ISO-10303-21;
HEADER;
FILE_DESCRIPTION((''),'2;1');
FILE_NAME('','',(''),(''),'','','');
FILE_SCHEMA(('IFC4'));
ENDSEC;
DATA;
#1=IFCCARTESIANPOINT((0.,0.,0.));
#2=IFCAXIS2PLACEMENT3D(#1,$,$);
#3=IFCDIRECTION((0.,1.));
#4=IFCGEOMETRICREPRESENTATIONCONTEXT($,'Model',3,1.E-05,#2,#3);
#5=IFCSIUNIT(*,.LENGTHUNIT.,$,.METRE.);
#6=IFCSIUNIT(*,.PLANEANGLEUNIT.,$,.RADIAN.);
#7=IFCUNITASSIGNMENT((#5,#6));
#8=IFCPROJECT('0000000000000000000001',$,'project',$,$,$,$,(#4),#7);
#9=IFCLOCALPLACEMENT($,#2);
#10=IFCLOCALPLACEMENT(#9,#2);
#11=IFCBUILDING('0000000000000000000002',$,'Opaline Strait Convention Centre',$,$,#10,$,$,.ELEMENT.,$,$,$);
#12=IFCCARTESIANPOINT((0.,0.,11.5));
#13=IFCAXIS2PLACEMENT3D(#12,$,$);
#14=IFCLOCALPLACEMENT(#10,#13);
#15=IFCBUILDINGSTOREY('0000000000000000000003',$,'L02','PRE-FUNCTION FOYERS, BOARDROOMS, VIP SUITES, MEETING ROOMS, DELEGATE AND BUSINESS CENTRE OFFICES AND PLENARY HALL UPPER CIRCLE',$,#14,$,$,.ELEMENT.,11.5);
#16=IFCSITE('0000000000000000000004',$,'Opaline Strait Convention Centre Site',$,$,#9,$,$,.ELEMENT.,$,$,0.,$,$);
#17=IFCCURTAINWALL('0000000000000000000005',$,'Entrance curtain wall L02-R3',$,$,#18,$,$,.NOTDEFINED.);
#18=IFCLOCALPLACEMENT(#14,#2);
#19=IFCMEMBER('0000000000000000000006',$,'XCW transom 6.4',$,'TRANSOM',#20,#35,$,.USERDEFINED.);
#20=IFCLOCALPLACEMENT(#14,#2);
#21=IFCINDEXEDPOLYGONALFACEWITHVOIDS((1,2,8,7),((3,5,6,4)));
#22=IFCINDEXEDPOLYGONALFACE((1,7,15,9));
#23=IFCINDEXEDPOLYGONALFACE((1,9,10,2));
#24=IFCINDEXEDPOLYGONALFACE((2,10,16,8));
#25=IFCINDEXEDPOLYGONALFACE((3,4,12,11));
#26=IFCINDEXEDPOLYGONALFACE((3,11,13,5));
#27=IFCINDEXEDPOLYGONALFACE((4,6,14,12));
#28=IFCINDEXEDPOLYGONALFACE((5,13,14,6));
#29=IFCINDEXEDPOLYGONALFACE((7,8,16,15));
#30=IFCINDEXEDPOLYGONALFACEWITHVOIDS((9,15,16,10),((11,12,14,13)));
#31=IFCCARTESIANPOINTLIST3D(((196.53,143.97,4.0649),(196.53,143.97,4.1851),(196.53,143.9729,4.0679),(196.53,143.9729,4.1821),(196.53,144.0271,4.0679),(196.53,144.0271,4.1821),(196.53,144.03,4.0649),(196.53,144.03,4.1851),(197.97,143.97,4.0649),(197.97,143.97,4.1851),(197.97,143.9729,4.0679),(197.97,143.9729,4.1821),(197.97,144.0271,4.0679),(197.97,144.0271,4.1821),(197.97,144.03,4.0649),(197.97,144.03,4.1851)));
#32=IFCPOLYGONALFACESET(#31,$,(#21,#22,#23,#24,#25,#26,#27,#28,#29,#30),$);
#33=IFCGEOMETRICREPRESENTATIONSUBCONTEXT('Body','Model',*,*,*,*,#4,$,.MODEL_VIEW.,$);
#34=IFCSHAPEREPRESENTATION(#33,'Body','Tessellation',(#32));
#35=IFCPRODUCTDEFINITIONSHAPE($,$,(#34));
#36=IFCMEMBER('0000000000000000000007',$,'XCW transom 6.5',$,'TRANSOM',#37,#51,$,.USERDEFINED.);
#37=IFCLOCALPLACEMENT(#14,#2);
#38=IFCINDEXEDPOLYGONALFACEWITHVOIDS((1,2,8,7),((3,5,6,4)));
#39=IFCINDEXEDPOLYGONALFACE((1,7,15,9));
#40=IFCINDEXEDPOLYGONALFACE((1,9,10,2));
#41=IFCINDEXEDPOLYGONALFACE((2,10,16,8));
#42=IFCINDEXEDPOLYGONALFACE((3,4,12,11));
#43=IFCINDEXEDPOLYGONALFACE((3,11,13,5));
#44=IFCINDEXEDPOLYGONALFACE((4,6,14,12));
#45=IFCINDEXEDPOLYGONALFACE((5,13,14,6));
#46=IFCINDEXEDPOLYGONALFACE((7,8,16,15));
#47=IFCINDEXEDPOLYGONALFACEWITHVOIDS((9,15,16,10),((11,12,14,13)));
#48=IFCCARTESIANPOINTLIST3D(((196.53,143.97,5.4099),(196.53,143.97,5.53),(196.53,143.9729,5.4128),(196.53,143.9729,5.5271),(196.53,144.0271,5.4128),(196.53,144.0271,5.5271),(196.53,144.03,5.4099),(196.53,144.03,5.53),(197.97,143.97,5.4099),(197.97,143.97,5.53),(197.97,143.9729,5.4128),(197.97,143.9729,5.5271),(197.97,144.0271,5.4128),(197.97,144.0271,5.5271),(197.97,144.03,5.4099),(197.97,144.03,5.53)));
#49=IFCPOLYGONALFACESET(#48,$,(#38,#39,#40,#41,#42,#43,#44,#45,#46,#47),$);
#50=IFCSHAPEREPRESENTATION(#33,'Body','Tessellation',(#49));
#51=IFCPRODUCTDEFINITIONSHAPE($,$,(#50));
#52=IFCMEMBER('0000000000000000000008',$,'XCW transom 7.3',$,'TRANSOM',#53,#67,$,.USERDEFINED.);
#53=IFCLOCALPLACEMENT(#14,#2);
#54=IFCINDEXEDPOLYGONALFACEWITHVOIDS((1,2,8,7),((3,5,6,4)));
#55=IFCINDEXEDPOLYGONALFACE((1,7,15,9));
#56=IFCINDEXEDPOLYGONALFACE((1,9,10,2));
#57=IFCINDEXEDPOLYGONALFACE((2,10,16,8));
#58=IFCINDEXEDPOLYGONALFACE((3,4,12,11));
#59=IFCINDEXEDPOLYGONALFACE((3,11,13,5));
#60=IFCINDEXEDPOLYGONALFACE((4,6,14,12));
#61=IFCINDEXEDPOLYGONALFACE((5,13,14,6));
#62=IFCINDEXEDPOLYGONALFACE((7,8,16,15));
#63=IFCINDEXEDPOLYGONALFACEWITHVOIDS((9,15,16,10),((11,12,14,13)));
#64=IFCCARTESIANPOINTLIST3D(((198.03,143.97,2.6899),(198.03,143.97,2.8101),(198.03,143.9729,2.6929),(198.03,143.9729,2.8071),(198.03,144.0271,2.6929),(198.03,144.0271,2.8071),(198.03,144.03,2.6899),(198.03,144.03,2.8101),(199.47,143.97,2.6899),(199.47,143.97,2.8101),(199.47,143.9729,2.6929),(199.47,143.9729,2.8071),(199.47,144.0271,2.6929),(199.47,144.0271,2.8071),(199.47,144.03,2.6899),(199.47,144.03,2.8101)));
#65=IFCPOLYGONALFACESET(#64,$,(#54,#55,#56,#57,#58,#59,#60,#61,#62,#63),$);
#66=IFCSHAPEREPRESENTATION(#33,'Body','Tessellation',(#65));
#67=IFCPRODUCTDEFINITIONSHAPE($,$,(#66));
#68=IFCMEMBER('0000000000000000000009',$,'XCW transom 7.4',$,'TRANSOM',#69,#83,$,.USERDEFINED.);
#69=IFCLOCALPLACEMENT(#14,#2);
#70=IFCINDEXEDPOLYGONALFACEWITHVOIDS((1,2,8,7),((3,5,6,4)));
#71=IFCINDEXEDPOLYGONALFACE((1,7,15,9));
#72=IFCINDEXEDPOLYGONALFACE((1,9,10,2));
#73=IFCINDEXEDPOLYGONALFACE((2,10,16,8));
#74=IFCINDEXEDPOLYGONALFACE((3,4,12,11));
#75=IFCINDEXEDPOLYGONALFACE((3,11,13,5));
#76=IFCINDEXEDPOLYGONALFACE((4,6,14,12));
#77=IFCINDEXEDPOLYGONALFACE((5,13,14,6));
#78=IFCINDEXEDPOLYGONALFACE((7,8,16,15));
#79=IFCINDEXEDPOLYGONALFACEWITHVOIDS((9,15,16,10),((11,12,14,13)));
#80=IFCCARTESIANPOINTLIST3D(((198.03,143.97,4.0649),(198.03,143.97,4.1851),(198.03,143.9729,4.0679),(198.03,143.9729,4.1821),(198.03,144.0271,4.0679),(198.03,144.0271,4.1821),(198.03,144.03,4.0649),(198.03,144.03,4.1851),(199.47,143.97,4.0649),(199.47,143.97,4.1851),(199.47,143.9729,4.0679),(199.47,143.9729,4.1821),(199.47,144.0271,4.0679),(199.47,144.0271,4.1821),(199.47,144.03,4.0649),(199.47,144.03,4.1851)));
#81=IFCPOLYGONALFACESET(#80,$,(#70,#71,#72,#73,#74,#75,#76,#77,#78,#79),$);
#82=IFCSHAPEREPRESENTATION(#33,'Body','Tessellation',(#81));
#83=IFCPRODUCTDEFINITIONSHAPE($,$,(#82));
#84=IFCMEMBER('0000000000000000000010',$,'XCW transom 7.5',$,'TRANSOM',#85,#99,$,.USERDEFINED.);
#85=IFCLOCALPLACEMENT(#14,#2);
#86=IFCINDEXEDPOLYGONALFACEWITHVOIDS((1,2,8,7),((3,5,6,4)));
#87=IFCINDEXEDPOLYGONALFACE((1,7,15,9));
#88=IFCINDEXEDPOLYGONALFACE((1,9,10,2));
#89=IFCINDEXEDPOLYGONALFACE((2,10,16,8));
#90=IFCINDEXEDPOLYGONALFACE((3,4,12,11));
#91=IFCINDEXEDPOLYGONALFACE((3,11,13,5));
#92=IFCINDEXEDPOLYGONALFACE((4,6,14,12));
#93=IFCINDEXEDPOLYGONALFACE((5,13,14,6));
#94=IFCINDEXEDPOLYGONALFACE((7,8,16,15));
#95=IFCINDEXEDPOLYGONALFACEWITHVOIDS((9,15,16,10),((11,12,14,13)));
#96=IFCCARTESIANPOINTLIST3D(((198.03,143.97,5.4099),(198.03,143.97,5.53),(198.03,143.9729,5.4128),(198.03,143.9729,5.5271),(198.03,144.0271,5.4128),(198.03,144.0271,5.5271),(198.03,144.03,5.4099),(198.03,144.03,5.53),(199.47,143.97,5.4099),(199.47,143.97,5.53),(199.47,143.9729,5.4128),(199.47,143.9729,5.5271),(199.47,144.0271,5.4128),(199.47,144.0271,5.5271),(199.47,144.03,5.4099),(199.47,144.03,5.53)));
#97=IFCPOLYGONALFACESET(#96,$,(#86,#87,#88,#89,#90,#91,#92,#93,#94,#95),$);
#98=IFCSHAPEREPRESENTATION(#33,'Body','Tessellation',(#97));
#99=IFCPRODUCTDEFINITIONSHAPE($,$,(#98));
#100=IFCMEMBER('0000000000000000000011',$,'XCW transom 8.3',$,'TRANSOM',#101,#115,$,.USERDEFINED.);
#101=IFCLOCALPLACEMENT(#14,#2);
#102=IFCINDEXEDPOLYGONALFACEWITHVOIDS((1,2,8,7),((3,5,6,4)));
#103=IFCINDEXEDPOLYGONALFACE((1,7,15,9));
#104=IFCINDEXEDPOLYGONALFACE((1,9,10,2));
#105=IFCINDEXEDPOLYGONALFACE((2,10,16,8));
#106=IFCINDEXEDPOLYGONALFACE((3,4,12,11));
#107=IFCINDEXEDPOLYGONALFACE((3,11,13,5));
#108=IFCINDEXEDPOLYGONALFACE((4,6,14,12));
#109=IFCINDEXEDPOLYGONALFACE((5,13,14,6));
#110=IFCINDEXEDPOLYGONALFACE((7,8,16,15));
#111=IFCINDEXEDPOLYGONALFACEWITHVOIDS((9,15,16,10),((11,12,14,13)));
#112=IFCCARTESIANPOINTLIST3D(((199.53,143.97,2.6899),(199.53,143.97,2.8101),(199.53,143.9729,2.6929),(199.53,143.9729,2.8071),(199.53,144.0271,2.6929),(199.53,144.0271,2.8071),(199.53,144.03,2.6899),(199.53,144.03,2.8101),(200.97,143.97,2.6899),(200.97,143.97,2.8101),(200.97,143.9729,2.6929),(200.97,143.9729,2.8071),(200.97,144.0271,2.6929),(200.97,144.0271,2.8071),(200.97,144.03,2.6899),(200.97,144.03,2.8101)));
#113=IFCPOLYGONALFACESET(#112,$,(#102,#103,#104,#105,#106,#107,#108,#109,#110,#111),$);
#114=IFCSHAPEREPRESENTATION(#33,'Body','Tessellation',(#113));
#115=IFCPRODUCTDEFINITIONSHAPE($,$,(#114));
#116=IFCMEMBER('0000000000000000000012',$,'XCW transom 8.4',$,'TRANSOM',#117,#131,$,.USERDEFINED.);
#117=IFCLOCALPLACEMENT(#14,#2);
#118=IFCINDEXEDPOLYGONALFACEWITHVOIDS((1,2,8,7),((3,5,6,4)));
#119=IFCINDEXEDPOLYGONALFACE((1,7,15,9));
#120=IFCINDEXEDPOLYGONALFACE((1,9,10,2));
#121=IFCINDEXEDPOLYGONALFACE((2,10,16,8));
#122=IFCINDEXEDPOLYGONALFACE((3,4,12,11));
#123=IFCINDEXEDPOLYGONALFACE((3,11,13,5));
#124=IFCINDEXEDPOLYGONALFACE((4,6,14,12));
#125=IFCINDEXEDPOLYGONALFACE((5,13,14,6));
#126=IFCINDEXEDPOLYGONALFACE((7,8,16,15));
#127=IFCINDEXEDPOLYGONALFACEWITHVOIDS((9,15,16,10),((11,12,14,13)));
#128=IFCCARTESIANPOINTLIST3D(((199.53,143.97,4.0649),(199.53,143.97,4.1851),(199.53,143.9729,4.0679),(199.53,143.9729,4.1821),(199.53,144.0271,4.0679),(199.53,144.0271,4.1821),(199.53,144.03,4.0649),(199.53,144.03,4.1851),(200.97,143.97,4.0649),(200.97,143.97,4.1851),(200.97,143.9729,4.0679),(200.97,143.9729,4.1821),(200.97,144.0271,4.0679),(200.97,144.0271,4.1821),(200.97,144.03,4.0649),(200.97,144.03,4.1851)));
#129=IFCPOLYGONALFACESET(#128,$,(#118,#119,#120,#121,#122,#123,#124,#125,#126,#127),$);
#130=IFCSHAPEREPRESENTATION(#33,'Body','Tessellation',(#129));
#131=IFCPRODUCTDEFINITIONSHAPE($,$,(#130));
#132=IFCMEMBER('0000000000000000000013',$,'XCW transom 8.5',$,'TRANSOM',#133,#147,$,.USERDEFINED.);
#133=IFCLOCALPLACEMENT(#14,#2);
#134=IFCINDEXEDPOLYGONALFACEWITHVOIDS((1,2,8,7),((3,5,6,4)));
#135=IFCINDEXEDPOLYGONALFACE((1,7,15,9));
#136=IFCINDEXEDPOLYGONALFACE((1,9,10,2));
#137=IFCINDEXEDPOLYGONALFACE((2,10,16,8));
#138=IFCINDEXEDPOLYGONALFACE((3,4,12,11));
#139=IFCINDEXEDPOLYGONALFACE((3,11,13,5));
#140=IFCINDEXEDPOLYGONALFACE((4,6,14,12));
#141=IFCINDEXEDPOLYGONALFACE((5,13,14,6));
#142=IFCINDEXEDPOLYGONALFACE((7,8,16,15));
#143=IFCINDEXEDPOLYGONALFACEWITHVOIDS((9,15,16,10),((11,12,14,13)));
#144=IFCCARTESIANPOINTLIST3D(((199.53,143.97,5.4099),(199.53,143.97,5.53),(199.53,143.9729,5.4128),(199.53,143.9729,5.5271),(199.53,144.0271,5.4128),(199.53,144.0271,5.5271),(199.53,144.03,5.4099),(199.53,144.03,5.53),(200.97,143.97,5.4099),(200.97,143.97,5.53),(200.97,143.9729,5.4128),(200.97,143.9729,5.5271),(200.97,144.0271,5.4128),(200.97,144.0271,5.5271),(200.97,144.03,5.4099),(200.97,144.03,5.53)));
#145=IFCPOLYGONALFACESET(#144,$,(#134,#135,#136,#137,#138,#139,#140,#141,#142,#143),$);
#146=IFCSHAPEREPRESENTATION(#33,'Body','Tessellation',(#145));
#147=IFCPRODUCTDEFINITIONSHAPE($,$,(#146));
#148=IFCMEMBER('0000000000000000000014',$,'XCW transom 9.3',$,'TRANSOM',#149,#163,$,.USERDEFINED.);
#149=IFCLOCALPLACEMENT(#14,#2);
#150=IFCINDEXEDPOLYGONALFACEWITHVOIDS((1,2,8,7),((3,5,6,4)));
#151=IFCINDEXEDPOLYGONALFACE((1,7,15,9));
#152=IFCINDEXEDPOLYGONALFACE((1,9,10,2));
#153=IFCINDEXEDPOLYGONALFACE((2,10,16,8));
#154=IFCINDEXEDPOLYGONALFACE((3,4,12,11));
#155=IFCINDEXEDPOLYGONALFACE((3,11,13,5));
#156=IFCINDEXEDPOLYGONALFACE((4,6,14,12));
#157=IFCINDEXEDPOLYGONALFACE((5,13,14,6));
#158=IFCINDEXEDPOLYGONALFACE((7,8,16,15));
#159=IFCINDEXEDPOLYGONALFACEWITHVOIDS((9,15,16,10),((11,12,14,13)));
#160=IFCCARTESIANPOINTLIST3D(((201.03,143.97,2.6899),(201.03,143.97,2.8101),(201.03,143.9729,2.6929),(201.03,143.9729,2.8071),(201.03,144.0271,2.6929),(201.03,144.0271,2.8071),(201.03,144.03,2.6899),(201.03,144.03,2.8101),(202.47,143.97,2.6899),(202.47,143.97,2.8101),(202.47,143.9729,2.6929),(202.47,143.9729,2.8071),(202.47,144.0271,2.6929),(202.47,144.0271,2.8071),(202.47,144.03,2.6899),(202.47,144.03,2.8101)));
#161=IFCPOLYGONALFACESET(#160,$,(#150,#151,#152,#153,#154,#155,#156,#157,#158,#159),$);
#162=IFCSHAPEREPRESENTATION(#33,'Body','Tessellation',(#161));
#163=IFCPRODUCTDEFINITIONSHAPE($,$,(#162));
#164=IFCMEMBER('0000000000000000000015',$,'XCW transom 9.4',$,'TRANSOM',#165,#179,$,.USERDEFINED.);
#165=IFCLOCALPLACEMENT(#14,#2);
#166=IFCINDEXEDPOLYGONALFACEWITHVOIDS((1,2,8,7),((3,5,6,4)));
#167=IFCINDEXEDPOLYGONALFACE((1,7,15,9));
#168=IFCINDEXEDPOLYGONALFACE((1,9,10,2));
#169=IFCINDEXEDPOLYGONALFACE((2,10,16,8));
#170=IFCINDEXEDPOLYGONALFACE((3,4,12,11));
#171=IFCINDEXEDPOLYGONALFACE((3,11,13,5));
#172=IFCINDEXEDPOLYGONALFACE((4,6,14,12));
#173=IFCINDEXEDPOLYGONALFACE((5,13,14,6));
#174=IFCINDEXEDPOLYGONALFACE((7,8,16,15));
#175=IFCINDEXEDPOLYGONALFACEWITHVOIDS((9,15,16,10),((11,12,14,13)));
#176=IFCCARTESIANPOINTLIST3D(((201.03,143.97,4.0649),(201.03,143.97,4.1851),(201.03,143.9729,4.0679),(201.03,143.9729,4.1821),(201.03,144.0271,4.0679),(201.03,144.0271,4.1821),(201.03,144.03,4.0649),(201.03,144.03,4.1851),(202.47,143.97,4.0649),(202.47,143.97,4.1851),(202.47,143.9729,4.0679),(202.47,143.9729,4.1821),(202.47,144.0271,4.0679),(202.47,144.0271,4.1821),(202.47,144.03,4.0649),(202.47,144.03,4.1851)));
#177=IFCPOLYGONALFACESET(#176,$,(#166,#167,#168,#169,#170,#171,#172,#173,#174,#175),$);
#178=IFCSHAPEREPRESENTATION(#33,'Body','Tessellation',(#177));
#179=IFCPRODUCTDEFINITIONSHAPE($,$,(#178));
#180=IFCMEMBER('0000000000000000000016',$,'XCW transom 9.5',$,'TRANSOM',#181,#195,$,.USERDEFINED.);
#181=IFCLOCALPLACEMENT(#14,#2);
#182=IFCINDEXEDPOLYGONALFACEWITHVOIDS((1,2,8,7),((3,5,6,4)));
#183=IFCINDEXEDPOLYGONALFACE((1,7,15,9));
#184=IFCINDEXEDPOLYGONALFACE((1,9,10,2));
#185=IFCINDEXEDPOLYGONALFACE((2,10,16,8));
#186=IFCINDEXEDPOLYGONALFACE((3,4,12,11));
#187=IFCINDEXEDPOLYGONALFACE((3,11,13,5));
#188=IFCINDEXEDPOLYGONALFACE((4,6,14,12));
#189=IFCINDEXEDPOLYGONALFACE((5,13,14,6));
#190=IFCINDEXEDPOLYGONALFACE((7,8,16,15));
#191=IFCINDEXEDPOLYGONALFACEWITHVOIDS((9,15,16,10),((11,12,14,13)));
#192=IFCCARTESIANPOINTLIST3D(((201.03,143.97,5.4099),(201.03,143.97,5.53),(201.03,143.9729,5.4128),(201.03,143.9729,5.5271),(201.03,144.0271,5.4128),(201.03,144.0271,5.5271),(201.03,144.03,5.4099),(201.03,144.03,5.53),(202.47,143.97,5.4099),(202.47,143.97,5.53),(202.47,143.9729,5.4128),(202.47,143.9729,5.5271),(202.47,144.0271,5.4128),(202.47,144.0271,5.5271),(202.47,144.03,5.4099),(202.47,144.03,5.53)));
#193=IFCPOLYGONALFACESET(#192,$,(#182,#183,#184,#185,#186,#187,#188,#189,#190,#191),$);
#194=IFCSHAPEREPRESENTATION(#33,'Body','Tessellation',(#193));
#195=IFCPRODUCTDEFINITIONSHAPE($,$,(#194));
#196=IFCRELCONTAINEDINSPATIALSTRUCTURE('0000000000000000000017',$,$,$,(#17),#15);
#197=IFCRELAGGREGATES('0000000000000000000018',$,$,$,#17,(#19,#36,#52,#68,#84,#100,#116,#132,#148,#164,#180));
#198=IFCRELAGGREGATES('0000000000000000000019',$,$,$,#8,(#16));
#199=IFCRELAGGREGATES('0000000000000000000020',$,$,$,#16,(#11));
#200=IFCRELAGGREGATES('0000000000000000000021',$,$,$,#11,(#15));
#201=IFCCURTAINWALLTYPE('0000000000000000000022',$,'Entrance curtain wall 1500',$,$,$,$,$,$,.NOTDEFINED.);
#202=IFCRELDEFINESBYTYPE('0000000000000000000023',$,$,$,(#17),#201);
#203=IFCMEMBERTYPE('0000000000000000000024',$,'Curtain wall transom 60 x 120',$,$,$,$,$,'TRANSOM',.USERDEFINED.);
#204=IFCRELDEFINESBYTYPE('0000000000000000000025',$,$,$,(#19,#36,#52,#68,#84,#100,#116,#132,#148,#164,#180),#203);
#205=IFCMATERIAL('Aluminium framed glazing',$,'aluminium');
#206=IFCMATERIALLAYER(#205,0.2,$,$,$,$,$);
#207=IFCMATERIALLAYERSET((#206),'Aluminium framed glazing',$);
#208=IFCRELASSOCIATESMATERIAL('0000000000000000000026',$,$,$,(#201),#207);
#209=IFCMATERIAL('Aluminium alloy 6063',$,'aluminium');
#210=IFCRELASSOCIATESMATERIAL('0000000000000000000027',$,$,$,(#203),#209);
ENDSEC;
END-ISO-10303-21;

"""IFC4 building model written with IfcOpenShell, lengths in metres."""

from ifc_helpers import new_model, si_unit, direction, frame, origin, origin_2d, place, context, subcontext, project, spatial, hollow_rectangle, extrude, material, layer, layer_set, material_profile, profile_set, type_object, element, aggregate, save


model = new_model("IFC4")

# Units and contexts
model_context = context("Model", 3, precision=1e-05, world=origin(), true_north=direction((0.0, 1.0)))
body_context = subcontext(model_context, "Body", "Model", "MODEL_VIEW")
ifc_project = project(units=[si_unit("LENGTHUNIT", "METRE"), si_unit("PLANEANGLEUNIT", "RADIAN")], contexts=[model_context])

# Site, building, storey
site_placement = place(None, origin())
site = spatial("IfcSite", under=ifc_project, at=site_placement, Name="Opaline Strait Convention Centre Site", CompositionType="ELEMENT", RefElevation=0.0)
building_placement = place(site_placement, origin())
building = spatial("IfcBuilding", under=site, at=building_placement, Name="Opaline Strait Convention Centre", CompositionType="ELEMENT")
storey_placement = place(building_placement, frame((0.0, 0.0, 11.5)))
storey = spatial("IfcBuildingStorey", under=building, at=storey_placement, Name="L02", Description="PRE-FUNCTION FOYERS, BOARDROOMS, VIP SUITES, MEETING ROOMS, DELEGATE AND BUSINESS CENTRE OFFICES AND PLENARY HALL UPPER CIRCLE", CompositionType="ELEMENT", Elevation=11.5)

# Curtain wall, members
ifc_material_1 = material(Name="Aluminium framed glazing", Category="aluminium")
ifc_layer_1 = layer(ifc_material_1, 0.2)
ifc_layer_set_1 = layer_set([ifc_layer_1], Name="Aluminium framed glazing")
curtain_wall_type = type_object("IfcCurtainWallType", Name="Entrance curtain wall 1500", PredefinedType="NOTDEFINED", material=ifc_layer_set_1)
curtain_wall_placement = place(storey_placement, origin())
curtain_wall = element("IfcCurtainWall", 1, at=curtain_wall_placement, inside=storey, type_object=curtain_wall_type, Name="Entrance curtain wall L02-R3", PredefinedType="NOTDEFINED")
ifc_material_2 = material(Name="Aluminium alloy 6063", Category="aluminium")
ifc_material_profile_1 = material_profile(ifc_material_2, hollow_rectangle(XDim=0.0601, YDim=0.1201, WallThickness=0.0029, at=origin_2d()), Name="TRANSOM 60x120x3")
ifc_profile_set_1 = profile_set([ifc_material_profile_1], Name="Aluminium alloy 6063")
member_type_1 = type_object("IfcMemberType", Name="Curtain wall transom 60 x 120", ElementType="TRANSOM", PredefinedType="USERDEFINED", material=ifc_profile_set_1)
member_1_placement = place(storey_placement, frame((196.53, 144.0, 4.125), z_axis=(1.0, 0.0, 0.0), x_axis=(0.0, 1.0, 0.0)))
member_1 = element("IfcMember", 2, at=member_1_placement, type_object=member_type_1, Name="XCW transom 6.4", ObjectType="TRANSOM", PredefinedType="USERDEFINED", context=body_context, shape_type="SweptSolid", body=[
    extrude(hollow_rectangle(XDim=0.0601, YDim=0.1201, WallThickness=0.0029, at=origin_2d()), origin(), (0.0, 0.0, 1.0), 1.4399),
])
member_2_placement = place(storey_placement, frame((196.53, 144.0, 5.47), z_axis=(1.0, 0.0, 0.0), x_axis=(0.0, 1.0, 0.0)))
member_2 = element("IfcMember", 3, at=member_2_placement, type_object=member_type_1, Name="XCW transom 6.5", ObjectType="TRANSOM", PredefinedType="USERDEFINED", context=body_context, shape_type="SweptSolid", body=[
    extrude(hollow_rectangle(XDim=0.0601, YDim=0.1201, WallThickness=0.0029, at=origin_2d()), origin(), (0.0, 0.0, 1.0), 1.4399),
])
member_3_placement = place(storey_placement, frame((198.03, 144.0, 2.75), z_axis=(1.0, 0.0, 0.0), x_axis=(0.0, 1.0, 0.0)))
member_3 = element("IfcMember", 4, at=member_3_placement, type_object=member_type_1, Name="XCW transom 7.3", ObjectType="TRANSOM", PredefinedType="USERDEFINED", context=body_context, shape_type="SweptSolid", body=[
    extrude(hollow_rectangle(XDim=0.0601, YDim=0.1201, WallThickness=0.0029, at=origin_2d()), origin(), (0.0, 0.0, 1.0), 1.4399),
])
member_4_placement = place(storey_placement, frame((198.03, 144.0, 4.125), z_axis=(1.0, 0.0, 0.0), x_axis=(0.0, 1.0, 0.0)))
member_4 = element("IfcMember", 5, at=member_4_placement, type_object=member_type_1, Name="XCW transom 7.4", ObjectType="TRANSOM", PredefinedType="USERDEFINED", context=body_context, shape_type="SweptSolid", body=[
    extrude(hollow_rectangle(XDim=0.0601, YDim=0.1201, WallThickness=0.0029, at=origin_2d()), origin(), (0.0, 0.0, 1.0), 1.4399),
])
member_5_placement = place(storey_placement, frame((198.03, 144.0, 5.47), z_axis=(1.0, 0.0, 0.0), x_axis=(0.0, 1.0, 0.0)))
member_5 = element("IfcMember", 6, at=member_5_placement, type_object=member_type_1, Name="XCW transom 7.5", ObjectType="TRANSOM", PredefinedType="USERDEFINED", context=body_context, shape_type="SweptSolid", body=[
    extrude(hollow_rectangle(XDim=0.0601, YDim=0.1201, WallThickness=0.0029, at=origin_2d()), origin(), (0.0, 0.0, 1.0), 1.4399),
])
member_6_placement = place(storey_placement, frame((199.53, 144.0, 2.75), z_axis=(1.0, 0.0, 0.0), x_axis=(0.0, 1.0, 0.0)))
member_6 = element("IfcMember", 7, at=member_6_placement, type_object=member_type_1, Name="XCW transom 8.3", ObjectType="TRANSOM", PredefinedType="USERDEFINED", context=body_context, shape_type="SweptSolid", body=[
    extrude(hollow_rectangle(XDim=0.0601, YDim=0.1201, WallThickness=0.0029, at=origin_2d()), origin(), (0.0, 0.0, 1.0), 1.4399),
])
member_7_placement = place(storey_placement, frame((199.53, 144.0, 4.125), z_axis=(1.0, 0.0, 0.0), x_axis=(0.0, 1.0, 0.0)))
member_7 = element("IfcMember", 8, at=member_7_placement, type_object=member_type_1, Name="XCW transom 8.4", ObjectType="TRANSOM", PredefinedType="USERDEFINED", context=body_context, shape_type="SweptSolid", body=[
    extrude(hollow_rectangle(XDim=0.0601, YDim=0.1201, WallThickness=0.0029, at=origin_2d()), origin(), (0.0, 0.0, 1.0), 1.4399),
])
member_8_placement = place(storey_placement, frame((199.53, 144.0, 5.47), z_axis=(1.0, 0.0, 0.0), x_axis=(0.0, 1.0, 0.0)))
member_8 = element("IfcMember", 9, at=member_8_placement, type_object=member_type_1, Name="XCW transom 8.5", ObjectType="TRANSOM", PredefinedType="USERDEFINED", context=body_context, shape_type="SweptSolid", body=[
    extrude(hollow_rectangle(XDim=0.0601, YDim=0.1201, WallThickness=0.0029, at=origin_2d()), origin(), (0.0, 0.0, 1.0), 1.4399),
])
member_9_placement = place(storey_placement, frame((201.03, 144.0, 2.75), z_axis=(1.0, 0.0, 0.0), x_axis=(0.0, 1.0, 0.0)))
member_9 = element("IfcMember", 10, at=member_9_placement, type_object=member_type_1, Name="XCW transom 9.3", ObjectType="TRANSOM", PredefinedType="USERDEFINED", context=body_context, shape_type="SweptSolid", body=[
    extrude(hollow_rectangle(XDim=0.0601, YDim=0.1201, WallThickness=0.0029, at=origin_2d()), origin(), (0.0, 0.0, 1.0), 1.4399),
])
member_10_placement = place(storey_placement, frame((201.03, 144.0, 4.125), z_axis=(1.0, 0.0, 0.0), x_axis=(0.0, 1.0, 0.0)))
member_10 = element("IfcMember", 11, at=member_10_placement, type_object=member_type_1, Name="XCW transom 9.4", ObjectType="TRANSOM", PredefinedType="USERDEFINED", context=body_context, shape_type="SweptSolid", body=[
    extrude(hollow_rectangle(XDim=0.0601, YDim=0.1201, WallThickness=0.0029, at=origin_2d()), origin(), (0.0, 0.0, 1.0), 1.4399),
])
member_11_placement = place(storey_placement, frame((201.03, 144.0, 5.47), z_axis=(1.0, 0.0, 0.0), x_axis=(0.0, 1.0, 0.0)))
member_11 = element("IfcMember", 12, at=member_11_placement, type_object=member_type_1, Name="XCW transom 9.5", ObjectType="TRANSOM", PredefinedType="USERDEFINED", context=body_context, shape_type="SweptSolid", body=[
    extrude(hollow_rectangle(XDim=0.0601, YDim=0.1201, WallThickness=0.0029, at=origin_2d()), origin(), (0.0, 0.0, 1.0), 1.4399),
])

aggregate(curtain_wall, [member_1, member_2, member_3, member_4, member_5, member_6, member_7, member_8, member_9, member_10, member_11])

save(model, "model.ifc")
